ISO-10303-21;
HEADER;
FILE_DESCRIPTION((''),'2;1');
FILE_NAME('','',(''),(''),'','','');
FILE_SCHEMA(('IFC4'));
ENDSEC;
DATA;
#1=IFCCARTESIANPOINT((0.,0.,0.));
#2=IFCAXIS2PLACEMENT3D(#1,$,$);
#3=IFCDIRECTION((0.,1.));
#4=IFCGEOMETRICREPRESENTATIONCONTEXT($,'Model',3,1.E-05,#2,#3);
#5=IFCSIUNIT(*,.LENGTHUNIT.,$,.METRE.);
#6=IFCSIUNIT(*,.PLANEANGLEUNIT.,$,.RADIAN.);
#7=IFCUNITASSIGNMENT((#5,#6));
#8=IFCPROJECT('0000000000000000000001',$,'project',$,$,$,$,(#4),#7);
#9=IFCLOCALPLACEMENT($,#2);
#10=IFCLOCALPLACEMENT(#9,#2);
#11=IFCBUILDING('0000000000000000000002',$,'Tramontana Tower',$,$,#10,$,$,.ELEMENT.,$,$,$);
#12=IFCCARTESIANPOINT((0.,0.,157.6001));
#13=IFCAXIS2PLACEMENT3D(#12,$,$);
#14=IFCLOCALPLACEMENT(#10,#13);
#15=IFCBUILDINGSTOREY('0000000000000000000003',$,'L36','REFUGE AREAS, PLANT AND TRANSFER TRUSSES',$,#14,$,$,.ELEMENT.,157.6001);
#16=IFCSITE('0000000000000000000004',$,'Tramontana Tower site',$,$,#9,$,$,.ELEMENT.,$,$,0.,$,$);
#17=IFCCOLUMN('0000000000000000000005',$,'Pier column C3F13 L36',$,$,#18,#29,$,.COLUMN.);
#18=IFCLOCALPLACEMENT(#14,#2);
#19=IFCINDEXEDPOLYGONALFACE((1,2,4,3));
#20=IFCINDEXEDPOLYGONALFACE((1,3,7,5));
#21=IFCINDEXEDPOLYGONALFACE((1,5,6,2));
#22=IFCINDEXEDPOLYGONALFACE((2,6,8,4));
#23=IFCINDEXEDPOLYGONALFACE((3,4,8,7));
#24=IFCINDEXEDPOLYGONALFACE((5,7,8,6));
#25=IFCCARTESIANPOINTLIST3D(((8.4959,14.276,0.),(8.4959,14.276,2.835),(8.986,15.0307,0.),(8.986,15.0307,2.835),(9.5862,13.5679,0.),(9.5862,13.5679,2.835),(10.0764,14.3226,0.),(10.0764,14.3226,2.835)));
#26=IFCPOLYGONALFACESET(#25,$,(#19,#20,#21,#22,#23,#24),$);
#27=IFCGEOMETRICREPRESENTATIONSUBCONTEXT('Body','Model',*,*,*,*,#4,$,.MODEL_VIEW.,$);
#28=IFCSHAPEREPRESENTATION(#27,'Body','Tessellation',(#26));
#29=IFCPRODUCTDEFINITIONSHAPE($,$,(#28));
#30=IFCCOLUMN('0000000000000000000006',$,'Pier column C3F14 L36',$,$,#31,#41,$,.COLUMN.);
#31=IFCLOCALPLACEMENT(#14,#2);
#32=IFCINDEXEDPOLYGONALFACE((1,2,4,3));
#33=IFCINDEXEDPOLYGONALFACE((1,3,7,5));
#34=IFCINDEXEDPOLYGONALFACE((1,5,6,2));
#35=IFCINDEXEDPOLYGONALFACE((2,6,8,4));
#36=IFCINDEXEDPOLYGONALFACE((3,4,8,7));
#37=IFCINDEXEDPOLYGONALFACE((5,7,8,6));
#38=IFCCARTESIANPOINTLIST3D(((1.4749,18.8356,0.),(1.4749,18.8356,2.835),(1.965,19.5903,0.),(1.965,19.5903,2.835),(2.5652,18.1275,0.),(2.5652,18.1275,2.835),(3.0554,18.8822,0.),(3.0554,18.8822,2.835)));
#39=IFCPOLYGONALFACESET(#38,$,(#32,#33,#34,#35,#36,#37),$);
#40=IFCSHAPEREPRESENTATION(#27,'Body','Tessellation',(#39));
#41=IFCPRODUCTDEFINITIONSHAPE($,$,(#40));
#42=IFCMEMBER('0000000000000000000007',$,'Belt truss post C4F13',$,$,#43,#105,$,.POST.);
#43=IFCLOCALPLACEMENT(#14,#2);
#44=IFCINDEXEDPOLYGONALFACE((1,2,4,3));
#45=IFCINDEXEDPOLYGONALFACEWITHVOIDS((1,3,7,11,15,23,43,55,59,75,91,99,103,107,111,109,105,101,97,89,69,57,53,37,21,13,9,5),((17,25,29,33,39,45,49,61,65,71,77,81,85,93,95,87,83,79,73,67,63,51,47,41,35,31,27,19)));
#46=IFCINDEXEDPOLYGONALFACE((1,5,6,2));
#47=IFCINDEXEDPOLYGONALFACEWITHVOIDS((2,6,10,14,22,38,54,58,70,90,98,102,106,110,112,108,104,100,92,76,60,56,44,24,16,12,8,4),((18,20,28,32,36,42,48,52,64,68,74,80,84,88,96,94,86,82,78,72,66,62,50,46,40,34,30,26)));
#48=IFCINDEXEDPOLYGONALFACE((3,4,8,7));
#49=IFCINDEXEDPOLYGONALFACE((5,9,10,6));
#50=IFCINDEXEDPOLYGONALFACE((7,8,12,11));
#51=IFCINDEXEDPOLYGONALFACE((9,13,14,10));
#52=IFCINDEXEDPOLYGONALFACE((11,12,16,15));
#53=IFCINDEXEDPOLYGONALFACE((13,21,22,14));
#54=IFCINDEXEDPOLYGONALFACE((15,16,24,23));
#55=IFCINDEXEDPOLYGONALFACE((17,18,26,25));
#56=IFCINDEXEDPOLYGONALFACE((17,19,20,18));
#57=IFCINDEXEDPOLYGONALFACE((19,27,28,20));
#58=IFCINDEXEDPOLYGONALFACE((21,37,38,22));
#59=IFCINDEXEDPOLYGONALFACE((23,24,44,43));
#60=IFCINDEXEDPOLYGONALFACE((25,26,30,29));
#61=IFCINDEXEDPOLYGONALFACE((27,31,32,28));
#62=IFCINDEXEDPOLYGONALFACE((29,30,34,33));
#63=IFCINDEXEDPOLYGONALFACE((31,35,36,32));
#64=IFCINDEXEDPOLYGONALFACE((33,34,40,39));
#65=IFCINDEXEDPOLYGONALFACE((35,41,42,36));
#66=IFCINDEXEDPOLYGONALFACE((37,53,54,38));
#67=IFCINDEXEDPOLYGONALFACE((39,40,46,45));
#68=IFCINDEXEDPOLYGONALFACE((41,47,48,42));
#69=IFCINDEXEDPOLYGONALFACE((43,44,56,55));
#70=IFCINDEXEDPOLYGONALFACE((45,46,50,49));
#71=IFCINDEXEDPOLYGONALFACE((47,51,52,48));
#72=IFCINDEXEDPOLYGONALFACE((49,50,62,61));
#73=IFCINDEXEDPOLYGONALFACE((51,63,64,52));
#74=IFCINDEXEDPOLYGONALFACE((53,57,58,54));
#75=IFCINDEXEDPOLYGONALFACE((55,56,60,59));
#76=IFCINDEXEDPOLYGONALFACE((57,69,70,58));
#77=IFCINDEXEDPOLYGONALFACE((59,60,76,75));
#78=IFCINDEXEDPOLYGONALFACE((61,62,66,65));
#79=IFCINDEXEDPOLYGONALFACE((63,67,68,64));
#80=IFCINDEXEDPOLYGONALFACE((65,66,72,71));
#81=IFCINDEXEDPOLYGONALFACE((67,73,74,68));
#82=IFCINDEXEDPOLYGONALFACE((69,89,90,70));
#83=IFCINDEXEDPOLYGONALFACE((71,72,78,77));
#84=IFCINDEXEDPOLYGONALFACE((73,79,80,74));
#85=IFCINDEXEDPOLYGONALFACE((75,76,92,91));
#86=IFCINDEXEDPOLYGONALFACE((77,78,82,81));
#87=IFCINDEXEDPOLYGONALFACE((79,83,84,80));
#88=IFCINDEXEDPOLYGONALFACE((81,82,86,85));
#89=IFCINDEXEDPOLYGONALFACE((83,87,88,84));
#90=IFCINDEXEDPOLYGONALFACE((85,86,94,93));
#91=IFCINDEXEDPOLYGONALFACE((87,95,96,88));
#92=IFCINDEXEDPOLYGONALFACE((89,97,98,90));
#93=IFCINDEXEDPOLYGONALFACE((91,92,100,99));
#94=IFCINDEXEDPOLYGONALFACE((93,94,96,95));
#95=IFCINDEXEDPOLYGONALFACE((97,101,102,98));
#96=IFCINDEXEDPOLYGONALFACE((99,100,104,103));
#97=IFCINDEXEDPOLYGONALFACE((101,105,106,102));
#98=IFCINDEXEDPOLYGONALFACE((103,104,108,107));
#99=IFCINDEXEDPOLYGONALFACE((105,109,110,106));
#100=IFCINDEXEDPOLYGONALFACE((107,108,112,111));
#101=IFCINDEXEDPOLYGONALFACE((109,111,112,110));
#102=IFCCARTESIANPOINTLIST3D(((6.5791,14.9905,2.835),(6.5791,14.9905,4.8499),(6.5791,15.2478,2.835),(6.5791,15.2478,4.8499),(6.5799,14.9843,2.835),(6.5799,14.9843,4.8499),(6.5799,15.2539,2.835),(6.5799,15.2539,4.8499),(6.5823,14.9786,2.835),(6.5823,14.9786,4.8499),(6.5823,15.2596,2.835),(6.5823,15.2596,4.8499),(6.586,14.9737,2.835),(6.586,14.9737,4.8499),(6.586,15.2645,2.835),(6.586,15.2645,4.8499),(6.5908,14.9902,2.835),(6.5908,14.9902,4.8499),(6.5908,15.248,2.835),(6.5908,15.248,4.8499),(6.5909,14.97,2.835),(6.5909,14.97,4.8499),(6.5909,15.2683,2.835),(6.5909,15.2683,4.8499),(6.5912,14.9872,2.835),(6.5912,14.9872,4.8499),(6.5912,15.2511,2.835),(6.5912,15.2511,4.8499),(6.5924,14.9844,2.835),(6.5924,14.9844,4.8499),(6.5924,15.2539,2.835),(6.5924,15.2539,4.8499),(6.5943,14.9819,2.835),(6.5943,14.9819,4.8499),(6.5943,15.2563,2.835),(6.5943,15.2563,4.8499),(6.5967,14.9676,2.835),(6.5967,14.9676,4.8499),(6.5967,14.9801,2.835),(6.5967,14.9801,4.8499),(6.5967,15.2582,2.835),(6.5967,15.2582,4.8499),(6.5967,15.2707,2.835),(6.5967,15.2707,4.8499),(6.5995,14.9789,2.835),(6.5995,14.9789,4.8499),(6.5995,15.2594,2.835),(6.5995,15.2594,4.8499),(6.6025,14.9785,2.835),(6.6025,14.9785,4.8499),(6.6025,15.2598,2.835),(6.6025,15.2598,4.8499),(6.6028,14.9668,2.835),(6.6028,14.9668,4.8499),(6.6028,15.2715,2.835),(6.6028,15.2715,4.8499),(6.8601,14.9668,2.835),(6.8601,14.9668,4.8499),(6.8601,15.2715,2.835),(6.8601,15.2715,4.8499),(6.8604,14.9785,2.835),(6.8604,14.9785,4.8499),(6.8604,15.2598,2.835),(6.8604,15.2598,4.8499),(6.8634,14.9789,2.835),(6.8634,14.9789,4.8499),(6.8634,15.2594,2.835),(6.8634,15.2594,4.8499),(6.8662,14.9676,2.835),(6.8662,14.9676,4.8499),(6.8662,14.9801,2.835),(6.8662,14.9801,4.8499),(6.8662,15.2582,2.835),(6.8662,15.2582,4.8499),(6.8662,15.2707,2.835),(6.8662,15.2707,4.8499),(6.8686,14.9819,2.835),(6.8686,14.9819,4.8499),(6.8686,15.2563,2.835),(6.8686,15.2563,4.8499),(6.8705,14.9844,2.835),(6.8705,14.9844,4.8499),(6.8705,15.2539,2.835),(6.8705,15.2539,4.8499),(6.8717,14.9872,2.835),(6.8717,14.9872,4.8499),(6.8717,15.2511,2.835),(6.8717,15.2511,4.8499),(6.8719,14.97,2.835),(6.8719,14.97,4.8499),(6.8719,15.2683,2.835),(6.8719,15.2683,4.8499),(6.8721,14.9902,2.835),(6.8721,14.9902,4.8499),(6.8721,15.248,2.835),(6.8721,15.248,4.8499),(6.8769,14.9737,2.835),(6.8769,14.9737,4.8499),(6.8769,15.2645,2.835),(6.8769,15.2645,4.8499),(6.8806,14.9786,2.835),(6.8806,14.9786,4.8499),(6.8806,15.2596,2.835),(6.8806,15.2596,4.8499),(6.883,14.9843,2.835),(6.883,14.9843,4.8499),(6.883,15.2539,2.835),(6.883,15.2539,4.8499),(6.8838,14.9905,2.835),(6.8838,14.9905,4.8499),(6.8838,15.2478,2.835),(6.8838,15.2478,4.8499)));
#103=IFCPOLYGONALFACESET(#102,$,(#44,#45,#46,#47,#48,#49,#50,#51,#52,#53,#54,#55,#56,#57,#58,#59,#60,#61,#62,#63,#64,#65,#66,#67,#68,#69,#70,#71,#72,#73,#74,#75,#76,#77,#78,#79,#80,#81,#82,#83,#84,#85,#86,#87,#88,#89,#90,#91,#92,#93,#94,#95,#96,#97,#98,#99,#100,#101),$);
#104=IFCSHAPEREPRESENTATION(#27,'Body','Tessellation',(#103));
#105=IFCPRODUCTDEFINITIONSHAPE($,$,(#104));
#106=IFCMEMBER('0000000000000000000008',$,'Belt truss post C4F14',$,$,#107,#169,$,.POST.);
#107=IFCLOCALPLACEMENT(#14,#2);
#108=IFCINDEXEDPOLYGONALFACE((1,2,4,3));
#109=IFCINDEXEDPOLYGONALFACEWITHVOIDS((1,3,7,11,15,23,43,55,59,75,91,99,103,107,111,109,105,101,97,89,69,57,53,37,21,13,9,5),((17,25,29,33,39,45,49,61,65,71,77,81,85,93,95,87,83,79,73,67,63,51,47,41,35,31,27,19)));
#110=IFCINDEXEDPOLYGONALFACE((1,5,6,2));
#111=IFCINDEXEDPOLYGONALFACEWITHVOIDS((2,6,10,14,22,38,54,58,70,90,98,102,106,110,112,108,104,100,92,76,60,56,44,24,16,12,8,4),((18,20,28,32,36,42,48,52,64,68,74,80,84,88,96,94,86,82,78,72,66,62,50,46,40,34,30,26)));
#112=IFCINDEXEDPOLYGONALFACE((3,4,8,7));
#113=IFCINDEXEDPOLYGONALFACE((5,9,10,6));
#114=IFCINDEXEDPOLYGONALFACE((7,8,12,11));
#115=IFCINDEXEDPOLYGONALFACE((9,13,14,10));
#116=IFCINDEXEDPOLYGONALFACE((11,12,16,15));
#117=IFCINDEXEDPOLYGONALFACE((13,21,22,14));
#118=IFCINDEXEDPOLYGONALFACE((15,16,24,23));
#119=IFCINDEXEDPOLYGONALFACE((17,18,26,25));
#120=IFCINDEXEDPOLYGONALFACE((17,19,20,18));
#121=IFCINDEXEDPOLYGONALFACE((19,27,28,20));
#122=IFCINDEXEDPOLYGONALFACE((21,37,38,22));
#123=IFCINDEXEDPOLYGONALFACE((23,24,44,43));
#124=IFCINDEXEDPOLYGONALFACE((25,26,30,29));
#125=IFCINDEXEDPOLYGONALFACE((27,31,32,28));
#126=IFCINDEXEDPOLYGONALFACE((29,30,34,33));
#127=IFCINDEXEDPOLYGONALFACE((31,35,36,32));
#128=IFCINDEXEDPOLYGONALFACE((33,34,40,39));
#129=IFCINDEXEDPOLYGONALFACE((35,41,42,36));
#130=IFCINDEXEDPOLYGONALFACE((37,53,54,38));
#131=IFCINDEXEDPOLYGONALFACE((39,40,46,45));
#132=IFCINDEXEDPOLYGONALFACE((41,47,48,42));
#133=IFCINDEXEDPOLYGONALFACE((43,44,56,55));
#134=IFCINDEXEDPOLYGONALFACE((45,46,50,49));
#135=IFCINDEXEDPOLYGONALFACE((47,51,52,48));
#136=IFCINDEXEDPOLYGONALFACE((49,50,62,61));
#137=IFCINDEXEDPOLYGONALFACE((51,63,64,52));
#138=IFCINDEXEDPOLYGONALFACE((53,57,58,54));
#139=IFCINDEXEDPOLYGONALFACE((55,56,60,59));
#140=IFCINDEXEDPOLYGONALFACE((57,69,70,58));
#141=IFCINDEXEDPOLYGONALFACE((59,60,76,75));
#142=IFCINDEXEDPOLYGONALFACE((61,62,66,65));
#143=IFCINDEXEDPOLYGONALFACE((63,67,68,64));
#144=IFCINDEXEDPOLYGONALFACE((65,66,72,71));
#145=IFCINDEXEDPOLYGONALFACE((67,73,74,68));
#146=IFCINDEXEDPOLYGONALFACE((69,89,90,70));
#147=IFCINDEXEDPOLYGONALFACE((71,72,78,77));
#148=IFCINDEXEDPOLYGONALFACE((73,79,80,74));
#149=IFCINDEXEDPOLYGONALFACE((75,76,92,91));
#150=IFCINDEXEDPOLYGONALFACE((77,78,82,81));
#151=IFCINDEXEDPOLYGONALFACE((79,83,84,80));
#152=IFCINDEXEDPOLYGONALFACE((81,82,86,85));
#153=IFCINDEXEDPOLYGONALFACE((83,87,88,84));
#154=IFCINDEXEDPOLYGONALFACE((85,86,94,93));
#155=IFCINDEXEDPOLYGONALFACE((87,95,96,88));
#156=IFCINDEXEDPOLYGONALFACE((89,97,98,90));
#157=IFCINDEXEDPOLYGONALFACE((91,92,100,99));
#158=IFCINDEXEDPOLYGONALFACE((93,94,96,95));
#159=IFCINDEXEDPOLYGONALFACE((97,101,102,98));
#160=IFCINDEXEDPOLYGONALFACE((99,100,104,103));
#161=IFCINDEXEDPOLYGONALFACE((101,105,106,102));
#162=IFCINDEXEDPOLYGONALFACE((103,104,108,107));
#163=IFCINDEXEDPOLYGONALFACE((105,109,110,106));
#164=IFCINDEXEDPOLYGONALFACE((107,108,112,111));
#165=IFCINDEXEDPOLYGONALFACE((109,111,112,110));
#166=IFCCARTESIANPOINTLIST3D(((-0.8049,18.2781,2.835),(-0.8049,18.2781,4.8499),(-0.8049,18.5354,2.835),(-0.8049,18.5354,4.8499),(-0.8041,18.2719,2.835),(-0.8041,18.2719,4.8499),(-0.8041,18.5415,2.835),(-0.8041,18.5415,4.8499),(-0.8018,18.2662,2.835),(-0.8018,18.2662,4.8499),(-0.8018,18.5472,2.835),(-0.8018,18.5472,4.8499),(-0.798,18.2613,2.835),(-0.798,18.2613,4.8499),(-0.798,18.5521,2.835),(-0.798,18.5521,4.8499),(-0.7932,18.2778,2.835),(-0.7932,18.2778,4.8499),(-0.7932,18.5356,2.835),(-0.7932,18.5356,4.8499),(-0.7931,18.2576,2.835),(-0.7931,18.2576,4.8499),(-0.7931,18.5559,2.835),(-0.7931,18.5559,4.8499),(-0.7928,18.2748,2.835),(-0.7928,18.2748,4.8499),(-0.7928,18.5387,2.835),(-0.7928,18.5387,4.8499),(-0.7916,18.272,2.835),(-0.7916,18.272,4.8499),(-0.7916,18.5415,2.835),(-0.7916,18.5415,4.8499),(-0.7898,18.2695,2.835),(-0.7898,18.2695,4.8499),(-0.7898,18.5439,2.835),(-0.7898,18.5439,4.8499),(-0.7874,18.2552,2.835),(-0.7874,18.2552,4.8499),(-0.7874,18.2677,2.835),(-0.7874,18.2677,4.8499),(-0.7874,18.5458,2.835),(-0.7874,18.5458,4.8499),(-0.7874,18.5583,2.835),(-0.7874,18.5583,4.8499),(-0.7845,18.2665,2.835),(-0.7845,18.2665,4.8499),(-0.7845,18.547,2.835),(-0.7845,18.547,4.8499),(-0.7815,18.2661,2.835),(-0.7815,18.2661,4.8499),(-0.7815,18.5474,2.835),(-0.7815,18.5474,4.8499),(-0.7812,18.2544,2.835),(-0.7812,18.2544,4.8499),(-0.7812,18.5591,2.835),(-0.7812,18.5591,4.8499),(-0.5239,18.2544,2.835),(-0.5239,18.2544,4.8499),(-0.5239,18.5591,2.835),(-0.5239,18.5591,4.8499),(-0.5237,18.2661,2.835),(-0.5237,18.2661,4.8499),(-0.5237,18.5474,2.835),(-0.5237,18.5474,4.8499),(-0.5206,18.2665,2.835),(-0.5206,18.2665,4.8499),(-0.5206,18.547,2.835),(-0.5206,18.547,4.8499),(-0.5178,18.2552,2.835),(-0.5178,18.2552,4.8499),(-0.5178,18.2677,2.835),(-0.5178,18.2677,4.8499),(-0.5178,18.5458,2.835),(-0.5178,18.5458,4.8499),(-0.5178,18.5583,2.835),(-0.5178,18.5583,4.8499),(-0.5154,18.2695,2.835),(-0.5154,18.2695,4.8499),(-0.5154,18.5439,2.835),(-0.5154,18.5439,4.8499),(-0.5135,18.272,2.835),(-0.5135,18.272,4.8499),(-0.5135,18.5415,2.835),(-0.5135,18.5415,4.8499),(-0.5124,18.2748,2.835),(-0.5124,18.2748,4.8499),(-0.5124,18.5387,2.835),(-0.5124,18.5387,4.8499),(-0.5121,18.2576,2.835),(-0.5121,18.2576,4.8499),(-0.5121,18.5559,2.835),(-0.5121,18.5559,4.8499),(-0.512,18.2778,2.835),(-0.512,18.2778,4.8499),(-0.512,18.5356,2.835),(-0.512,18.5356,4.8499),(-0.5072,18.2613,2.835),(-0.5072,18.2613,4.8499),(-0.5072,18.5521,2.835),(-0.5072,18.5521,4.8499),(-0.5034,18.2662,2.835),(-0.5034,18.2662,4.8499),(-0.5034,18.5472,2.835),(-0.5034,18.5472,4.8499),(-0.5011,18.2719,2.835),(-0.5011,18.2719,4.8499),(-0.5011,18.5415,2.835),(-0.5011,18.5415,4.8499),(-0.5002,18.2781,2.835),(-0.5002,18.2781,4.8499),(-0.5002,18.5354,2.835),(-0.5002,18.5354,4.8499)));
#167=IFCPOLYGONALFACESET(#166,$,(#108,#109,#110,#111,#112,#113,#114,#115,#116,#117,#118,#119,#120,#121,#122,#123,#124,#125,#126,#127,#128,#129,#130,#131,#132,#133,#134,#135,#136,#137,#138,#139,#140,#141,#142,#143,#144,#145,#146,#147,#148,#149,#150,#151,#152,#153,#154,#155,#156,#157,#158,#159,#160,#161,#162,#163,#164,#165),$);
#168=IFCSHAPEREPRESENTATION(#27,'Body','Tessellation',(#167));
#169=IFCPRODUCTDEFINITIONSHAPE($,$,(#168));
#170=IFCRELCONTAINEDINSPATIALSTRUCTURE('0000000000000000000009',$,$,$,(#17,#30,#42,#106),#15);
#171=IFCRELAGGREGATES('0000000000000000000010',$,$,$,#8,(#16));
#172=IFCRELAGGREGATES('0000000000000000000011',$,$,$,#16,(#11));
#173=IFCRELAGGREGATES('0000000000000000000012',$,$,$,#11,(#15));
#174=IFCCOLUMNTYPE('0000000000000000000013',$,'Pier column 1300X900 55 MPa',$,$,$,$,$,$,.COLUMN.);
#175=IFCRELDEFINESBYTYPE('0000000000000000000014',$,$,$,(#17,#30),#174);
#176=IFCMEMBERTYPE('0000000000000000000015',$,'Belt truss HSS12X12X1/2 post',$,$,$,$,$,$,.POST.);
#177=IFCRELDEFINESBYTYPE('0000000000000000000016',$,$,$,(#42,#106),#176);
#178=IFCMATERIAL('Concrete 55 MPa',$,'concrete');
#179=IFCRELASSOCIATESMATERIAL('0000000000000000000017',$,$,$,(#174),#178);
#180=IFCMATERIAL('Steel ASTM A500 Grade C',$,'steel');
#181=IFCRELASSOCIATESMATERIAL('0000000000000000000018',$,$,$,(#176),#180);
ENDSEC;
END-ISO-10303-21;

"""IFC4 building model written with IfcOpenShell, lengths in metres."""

from ifc_helpers import new_model, si_unit, direction, frame, origin, origin_2d, place, context, subcontext, project, spatial, rectangle, hollow_rectangle, extrude, material, material_profile, profile_set, type_object, element, save


model = new_model("IFC4")

# Units and contexts
model_context = context("Model", 3, precision=1e-05, world=origin(), true_north=direction((0.0, 1.0)))
body_context = subcontext(model_context, "Body", "Model", "MODEL_VIEW")
ifc_project = project(units=[si_unit("LENGTHUNIT", "METRE"), si_unit("PLANEANGLEUNIT", "RADIAN")], contexts=[model_context])

# Site, building, storey
site_placement = place(None, origin())
site = spatial("IfcSite", under=ifc_project, at=site_placement, Name="Tramontana Tower site", CompositionType="ELEMENT", RefElevation=0.0)
building_placement = place(site_placement, origin())
building = spatial("IfcBuilding", under=site, at=building_placement, Name="Tramontana Tower", CompositionType="ELEMENT")
storey_placement = place(building_placement, frame((0.0, 0.0, 157.6001)))
storey = spatial("IfcBuildingStorey", under=building, at=storey_placement, Name="L36", Description="REFUGE AREAS, PLANT AND TRANSFER TRUSSES", CompositionType="ELEMENT", Elevation=157.6001)

# Columns
ifc_material_1 = material(Name="Concrete 55 MPa", Category="concrete")
ifc_material_profile_1 = material_profile(ifc_material_1, rectangle(XDim=1.3, YDim=0.8999, at=origin_2d()), Name="Pier column 1300X900 55 MPa")
ifc_profile_set_1 = profile_set([ifc_material_profile_1], Name="Concrete 55 MPa")
column_type = type_object("IfcColumnType", Name="Pier column 1300X900 55 MPa", PredefinedType="COLUMN", material=ifc_profile_set_1)
for number, where, z_axis, x_axis, name in (
    (1, (9.2861, 14.2993, 0.0), (0.0, 0.0, 1.0), (-0.838671, 0.544639, 0.0), "Pier column C3F13 L36"),
    (2, (2.2651, 18.8589, 0.0), (0.0, 0.0, 1.0), (-0.838671, 0.544639, 0.0), "Pier column C3F14 L36"),
):
    element("IfcColumn", number, at=place(storey_placement, frame(where, z_axis=z_axis, x_axis=x_axis)), inside=storey, type_object=column_type, Name=name, PredefinedType="COLUMN", context=body_context, shape_type="SweptSolid", body=[
        extrude(rectangle(XDim=1.3, YDim=0.8999, at=origin_2d()), origin(), (0.0, 0.0, 1.0), 2.835),
    ])

# Members
ifc_material_2 = material(Name="Steel ASTM A500 Grade C", Category="steel")
ifc_material_profile_2 = material_profile(ifc_material_2, hollow_rectangle(XDim=0.3047, YDim=0.3047, WallThickness=0.0117, InnerFilletRadius=0.0117, OuterFilletRadius=0.0237, at=origin_2d()), Name="HSS12X12X1/2")
ifc_profile_set_2 = profile_set([ifc_material_profile_2], Name="Steel ASTM A500 Grade C")
member_type_1 = type_object("IfcMemberType", Name="Belt truss HSS12X12X1/2 post", PredefinedType="POST", material=ifc_profile_set_2)
for number, where, z_axis, x_axis, name in (
    (3, (6.7314, 15.1191, 2.835), (0.0, 0.0, 1.0), (1.0, 0.0, 0.0), "Belt truss post C4F13"),
    (4, (-0.6526, 18.4067, 2.835), (0.0, 0.0, 1.0), (1.0, 0.0, 0.0), "Belt truss post C4F14"),
):
    element("IfcMember", number, at=place(storey_placement, frame(where, z_axis=z_axis, x_axis=x_axis)), inside=storey, type_object=member_type_1, Name=name, PredefinedType="POST", context=body_context, shape_type="SweptSolid", body=[
        extrude(hollow_rectangle(XDim=0.3047, YDim=0.3047, WallThickness=0.0117, InnerFilletRadius=0.0117, OuterFilletRadius=0.0237, at=origin_2d()), origin(), (0.0, 0.0, 1.0), 2.0149),
    ])

save(model, "model.ifc")
